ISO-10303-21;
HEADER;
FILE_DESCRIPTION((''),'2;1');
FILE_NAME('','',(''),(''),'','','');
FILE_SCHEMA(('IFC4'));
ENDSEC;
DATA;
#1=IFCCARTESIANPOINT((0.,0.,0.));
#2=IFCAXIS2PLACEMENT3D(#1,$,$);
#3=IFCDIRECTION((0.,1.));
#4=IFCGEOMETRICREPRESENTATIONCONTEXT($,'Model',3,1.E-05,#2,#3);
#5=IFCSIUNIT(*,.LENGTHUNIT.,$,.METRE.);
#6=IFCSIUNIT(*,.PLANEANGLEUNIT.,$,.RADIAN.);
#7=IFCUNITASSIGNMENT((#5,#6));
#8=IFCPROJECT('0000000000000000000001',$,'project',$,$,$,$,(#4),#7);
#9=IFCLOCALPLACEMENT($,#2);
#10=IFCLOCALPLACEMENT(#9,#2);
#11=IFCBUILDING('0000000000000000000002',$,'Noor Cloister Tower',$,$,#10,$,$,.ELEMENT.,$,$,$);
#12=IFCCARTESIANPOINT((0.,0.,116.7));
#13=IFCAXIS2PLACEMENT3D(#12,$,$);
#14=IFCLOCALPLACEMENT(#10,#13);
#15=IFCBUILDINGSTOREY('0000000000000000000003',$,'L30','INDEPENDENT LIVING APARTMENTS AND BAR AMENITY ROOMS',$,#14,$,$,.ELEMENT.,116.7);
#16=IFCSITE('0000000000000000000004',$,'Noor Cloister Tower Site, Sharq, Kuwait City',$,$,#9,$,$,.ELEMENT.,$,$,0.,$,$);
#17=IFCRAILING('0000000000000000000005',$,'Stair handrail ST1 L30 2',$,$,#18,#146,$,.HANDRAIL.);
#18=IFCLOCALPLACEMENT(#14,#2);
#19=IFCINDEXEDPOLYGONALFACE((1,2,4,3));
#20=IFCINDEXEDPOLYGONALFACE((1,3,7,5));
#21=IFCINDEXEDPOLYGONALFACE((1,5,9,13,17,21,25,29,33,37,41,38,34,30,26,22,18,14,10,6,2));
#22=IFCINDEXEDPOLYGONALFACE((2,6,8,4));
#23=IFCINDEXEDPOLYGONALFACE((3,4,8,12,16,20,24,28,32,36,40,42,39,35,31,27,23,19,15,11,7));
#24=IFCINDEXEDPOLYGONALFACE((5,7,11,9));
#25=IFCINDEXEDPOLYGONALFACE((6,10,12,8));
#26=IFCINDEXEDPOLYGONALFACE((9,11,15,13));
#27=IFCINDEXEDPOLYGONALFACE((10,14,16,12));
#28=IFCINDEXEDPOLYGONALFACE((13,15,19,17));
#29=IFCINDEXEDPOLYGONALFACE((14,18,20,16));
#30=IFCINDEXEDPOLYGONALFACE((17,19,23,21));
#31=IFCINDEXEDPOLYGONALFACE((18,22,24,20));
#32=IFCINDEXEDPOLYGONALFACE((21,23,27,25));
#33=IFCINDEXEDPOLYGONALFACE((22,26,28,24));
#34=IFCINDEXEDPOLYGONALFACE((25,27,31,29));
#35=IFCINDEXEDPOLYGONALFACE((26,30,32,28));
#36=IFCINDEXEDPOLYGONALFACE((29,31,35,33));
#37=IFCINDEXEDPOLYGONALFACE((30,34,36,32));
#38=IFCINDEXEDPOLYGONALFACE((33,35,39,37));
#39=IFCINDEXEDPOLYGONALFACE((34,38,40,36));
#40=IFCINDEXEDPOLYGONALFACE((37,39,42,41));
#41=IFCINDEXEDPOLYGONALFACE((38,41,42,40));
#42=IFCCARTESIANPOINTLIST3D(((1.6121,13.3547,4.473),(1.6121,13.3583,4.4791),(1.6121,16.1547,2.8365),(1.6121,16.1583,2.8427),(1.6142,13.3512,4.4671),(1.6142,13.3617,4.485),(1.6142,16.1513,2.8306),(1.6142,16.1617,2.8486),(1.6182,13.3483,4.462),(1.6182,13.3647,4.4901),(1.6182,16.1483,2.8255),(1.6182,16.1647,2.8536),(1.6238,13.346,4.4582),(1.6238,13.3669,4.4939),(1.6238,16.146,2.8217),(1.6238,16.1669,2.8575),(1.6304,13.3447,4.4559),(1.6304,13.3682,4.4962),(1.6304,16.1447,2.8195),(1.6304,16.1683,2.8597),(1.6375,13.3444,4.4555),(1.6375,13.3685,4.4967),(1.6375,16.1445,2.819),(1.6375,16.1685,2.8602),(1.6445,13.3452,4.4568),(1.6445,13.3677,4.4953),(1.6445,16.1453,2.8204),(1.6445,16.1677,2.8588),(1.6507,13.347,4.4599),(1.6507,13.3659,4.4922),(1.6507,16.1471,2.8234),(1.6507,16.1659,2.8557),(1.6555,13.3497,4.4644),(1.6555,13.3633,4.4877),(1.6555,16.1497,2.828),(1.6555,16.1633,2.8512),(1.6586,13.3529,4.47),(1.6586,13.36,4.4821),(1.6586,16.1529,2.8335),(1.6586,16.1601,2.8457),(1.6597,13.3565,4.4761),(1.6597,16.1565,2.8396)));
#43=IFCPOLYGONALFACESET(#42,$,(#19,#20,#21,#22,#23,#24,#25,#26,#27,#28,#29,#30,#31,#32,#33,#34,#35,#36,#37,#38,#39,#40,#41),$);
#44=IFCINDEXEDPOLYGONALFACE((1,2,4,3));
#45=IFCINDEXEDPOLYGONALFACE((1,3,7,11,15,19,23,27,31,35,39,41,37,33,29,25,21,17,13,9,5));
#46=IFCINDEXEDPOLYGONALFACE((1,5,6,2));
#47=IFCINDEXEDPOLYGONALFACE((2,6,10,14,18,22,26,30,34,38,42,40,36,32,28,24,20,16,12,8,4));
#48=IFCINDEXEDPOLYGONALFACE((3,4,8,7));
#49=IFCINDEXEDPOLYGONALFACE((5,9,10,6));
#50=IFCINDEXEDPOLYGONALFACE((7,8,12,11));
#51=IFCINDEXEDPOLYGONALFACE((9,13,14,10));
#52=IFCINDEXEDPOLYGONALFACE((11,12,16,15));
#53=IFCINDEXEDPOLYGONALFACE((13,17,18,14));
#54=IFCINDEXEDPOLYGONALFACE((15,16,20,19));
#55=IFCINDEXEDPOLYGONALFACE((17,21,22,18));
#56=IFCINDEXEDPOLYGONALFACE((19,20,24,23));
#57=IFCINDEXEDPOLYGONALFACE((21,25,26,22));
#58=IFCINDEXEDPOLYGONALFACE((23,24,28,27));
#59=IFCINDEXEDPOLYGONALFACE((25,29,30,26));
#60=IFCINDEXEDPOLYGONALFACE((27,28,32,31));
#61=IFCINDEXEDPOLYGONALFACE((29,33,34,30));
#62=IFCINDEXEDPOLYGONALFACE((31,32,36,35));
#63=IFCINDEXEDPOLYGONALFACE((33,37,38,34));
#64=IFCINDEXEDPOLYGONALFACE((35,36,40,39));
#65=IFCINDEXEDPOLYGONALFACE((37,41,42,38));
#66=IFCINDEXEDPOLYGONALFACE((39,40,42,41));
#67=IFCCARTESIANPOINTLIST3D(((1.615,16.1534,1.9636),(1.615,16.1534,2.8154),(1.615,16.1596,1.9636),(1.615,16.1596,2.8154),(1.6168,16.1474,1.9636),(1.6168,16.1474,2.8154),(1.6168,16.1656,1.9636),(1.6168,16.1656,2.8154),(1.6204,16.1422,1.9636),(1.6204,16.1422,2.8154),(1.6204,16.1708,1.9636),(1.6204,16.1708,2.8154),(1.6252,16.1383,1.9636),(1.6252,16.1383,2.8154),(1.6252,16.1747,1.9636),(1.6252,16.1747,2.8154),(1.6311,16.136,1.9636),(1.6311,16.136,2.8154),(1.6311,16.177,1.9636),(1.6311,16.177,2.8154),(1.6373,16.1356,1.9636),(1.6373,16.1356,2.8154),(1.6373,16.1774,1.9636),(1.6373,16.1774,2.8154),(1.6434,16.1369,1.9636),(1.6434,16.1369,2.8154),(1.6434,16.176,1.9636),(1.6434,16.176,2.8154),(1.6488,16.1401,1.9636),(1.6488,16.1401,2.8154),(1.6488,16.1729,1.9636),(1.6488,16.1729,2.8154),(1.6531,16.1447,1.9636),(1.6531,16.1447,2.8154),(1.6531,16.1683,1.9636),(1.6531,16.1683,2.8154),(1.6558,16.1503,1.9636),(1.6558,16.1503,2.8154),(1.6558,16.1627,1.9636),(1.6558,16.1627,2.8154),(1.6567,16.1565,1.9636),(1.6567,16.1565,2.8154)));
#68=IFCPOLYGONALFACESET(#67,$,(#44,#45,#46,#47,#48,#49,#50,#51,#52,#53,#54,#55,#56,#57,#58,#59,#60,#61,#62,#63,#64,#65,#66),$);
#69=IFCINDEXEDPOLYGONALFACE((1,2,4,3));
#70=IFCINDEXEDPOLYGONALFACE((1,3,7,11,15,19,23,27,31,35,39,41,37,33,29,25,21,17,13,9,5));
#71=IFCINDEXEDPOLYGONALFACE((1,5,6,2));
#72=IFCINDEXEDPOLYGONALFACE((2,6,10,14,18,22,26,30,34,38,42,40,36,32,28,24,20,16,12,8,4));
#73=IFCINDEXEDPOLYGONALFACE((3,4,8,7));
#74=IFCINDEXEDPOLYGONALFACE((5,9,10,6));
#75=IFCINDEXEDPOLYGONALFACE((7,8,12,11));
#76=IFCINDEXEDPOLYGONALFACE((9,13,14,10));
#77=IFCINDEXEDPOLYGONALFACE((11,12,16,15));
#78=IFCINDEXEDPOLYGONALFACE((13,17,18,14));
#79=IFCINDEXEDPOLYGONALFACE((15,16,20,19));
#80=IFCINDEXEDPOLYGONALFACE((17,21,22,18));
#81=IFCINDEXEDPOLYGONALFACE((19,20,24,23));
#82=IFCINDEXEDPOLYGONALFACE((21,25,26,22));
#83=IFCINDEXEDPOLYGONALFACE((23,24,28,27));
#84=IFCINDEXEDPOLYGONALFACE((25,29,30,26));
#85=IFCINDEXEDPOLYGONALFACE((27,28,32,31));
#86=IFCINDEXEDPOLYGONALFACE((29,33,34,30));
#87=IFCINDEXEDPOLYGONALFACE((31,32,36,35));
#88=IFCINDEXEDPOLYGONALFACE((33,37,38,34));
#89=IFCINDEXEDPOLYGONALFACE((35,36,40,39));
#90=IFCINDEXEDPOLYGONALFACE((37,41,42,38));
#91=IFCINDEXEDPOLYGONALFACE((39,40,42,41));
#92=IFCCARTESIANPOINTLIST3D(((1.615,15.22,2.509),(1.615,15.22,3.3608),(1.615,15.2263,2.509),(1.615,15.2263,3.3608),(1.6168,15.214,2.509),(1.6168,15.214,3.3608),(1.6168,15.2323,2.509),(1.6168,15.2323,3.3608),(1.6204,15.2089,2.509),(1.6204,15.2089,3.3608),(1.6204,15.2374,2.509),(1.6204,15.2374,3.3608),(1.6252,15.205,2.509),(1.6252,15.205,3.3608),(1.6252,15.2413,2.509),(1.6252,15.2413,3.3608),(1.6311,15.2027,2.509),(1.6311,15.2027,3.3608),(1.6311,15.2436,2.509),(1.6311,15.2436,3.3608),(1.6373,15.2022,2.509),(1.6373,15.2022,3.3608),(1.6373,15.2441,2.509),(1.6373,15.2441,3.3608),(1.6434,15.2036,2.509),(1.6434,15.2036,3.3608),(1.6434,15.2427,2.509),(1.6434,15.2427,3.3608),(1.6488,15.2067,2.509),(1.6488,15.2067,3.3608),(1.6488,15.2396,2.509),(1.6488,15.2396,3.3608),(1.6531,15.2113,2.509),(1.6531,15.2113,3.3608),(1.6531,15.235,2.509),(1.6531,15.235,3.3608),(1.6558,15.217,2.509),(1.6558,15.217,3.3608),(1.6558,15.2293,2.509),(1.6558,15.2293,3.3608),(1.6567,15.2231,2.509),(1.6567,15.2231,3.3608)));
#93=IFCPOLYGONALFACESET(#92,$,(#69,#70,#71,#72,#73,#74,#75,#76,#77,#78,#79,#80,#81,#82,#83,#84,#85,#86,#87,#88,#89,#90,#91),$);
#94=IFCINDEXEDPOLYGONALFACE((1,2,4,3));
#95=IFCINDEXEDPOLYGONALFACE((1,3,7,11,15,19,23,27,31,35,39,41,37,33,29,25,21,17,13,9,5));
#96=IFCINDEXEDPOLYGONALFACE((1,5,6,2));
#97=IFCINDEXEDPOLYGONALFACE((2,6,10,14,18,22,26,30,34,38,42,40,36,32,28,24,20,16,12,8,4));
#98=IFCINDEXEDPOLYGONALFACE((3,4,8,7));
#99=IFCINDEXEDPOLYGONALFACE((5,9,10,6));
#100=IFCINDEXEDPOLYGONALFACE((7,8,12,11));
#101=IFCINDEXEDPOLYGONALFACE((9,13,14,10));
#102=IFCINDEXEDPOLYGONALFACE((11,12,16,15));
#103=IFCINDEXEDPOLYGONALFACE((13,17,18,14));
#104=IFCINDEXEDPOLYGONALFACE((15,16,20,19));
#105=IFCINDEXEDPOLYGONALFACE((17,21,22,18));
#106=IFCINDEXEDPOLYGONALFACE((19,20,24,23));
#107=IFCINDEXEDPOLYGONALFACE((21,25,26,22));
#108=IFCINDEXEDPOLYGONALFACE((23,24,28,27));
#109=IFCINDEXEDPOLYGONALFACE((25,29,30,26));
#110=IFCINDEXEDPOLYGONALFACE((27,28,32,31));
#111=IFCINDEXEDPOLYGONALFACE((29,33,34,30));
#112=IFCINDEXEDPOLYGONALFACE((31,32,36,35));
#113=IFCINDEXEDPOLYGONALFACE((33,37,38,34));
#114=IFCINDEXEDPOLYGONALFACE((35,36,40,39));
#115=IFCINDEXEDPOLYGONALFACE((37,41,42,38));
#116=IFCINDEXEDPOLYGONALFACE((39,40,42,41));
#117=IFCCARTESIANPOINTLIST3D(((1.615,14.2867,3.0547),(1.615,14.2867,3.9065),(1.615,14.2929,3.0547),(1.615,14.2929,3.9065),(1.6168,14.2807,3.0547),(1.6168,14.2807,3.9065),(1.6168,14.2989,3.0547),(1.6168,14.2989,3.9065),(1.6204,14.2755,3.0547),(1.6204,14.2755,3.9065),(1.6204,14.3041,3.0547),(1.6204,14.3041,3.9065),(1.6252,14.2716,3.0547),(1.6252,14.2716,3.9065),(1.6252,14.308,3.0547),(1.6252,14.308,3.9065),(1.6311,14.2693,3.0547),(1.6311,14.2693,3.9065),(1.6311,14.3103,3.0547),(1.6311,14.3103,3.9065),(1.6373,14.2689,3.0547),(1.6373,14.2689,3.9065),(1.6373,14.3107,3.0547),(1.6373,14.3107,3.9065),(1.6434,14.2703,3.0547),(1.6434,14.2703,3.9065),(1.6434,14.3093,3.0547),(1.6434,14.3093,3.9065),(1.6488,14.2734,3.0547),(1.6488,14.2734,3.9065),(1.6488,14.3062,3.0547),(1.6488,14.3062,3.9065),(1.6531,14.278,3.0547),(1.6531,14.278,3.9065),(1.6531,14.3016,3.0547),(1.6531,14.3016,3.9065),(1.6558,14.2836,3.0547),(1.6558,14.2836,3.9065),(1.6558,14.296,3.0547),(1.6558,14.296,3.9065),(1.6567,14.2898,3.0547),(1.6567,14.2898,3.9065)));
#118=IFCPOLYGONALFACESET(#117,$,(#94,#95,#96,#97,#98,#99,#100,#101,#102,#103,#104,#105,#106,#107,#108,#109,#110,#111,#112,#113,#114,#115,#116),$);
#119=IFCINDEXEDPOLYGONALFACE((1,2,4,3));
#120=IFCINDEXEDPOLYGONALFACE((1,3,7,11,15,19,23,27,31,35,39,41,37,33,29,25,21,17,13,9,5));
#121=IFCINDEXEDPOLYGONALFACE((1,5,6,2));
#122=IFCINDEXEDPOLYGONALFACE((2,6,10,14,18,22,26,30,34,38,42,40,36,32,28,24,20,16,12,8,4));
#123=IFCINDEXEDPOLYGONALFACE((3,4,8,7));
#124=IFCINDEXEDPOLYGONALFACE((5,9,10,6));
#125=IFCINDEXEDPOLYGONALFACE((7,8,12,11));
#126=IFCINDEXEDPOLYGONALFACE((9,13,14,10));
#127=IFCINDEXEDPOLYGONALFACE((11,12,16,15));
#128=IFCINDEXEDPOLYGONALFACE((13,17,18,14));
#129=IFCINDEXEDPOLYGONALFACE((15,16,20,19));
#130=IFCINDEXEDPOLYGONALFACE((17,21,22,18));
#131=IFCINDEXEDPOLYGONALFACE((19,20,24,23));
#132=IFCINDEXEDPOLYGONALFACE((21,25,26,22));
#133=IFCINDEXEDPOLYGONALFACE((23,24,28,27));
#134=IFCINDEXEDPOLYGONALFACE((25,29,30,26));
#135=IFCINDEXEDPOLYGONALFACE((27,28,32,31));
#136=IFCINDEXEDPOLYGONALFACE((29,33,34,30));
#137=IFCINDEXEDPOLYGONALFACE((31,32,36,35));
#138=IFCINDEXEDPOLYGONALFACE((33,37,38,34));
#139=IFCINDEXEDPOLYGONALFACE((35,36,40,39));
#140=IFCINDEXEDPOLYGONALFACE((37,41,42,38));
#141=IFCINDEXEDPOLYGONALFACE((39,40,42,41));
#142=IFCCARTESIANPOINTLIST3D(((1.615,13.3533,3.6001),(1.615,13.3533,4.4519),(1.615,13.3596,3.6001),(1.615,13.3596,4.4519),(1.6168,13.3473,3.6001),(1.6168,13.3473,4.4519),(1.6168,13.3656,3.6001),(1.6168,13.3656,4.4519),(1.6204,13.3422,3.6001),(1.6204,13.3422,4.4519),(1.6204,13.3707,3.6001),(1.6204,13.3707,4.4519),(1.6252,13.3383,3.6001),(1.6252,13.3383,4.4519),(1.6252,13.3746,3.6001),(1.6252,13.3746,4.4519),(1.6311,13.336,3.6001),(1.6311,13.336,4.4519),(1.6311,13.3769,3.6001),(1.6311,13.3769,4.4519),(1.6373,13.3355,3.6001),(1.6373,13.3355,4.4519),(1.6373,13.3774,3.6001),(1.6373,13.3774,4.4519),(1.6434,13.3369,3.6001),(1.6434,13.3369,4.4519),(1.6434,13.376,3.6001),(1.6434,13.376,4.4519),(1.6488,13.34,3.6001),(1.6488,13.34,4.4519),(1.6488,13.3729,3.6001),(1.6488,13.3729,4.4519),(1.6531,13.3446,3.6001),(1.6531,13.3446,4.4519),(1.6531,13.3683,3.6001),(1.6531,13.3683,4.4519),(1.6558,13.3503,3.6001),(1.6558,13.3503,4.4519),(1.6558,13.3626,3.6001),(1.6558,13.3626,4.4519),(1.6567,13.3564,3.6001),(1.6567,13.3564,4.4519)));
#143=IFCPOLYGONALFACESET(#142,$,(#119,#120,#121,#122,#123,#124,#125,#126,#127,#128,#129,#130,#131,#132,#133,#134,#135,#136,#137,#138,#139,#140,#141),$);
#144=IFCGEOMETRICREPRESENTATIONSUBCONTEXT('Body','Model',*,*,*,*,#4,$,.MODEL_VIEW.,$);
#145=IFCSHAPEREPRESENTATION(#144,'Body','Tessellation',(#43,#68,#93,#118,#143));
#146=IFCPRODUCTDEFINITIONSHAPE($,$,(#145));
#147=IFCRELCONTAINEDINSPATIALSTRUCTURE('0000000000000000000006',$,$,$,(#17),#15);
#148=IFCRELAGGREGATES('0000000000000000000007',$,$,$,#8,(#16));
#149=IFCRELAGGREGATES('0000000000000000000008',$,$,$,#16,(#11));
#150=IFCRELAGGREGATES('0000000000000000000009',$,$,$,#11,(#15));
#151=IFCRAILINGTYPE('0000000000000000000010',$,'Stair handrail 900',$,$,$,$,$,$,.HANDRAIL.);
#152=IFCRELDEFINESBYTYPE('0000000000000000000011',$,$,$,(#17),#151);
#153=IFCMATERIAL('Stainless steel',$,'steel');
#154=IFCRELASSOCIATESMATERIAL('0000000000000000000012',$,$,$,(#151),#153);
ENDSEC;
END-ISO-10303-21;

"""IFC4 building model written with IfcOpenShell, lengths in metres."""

from ifc_helpers import new_model, si_unit, direction, frame, origin, origin_2d, place, context, subcontext, project, spatial, circle, extrude, material, type_object, element, save


model = new_model("IFC4")

# Units and contexts
model_context = context("Model", 3, precision=1e-05, world=origin(), true_north=direction((0.0, 1.0)))
body_context = subcontext(model_context, "Body", "Model", "MODEL_VIEW")
ifc_project = project(units=[si_unit("LENGTHUNIT", "METRE"), si_unit("PLANEANGLEUNIT", "RADIAN")], contexts=[model_context])

# Site, building, storey
site_placement = place(None, origin())
site = spatial("IfcSite", under=ifc_project, at=site_placement, Name="Noor Cloister Tower Site, Sharq, Kuwait City", CompositionType="ELEMENT", RefElevation=0.0)
building_placement = place(site_placement, origin())
building = spatial("IfcBuilding", under=site, at=building_placement, Name="Noor Cloister Tower", CompositionType="ELEMENT")
storey_placement = place(building_placement, frame((0.0, 0.0, 116.7)))
storey = spatial("IfcBuildingStorey", under=building, at=storey_placement, Name="L30", Description="INDEPENDENT LIVING APARTMENTS AND BAR AMENITY ROOMS", CompositionType="ELEMENT", Elevation=116.7)

# Railing
ifc_material_1 = material(Name="Stainless steel", Category="steel")
railing_type_1 = type_object("IfcRailingType", Name="Stair handrail 900", PredefinedType="HANDRAIL", material=ifc_material_1)
railing_1_placement = place(storey_placement, frame((1.6357, 16.1565, 1.9636)))
element("IfcRailing", 1, at=railing_1_placement, inside=storey, type_object=railing_type_1, Name="Stair handrail ST1 L30 2", PredefinedType="HANDRAIL", context=body_context, shape_type="SweptSolid", body=[
    extrude(circle(Radius=0.0239, at=origin_2d()), frame((0.0, 0.0, 0.876), z_axis=(0.0, -0.863361, 0.504587), x_axis=(1.0, 0.0, 0.0)), (0.0, 0.0, 1.0), 3.2432),
    extrude(circle(Radius=0.021, at=origin_2d()), origin(), (0.0, 0.0, 1.0), 0.8518),
    extrude(circle(Radius=0.021, at=origin_2d()), frame((0.0, -0.9333, 0.5454)), (0.0, 0.0, 1.0), 0.8518),
    extrude(circle(Radius=0.021, at=origin_2d()), frame((0.0, -1.8667, 1.0911)), (0.0, 0.0, 1.0), 0.8518),
    extrude(circle(Radius=0.021, at=origin_2d()), frame((0.0, -2.8, 1.6365)), (0.0, 0.0, 1.0), 0.8518),
])

save(model, "model.ifc")
